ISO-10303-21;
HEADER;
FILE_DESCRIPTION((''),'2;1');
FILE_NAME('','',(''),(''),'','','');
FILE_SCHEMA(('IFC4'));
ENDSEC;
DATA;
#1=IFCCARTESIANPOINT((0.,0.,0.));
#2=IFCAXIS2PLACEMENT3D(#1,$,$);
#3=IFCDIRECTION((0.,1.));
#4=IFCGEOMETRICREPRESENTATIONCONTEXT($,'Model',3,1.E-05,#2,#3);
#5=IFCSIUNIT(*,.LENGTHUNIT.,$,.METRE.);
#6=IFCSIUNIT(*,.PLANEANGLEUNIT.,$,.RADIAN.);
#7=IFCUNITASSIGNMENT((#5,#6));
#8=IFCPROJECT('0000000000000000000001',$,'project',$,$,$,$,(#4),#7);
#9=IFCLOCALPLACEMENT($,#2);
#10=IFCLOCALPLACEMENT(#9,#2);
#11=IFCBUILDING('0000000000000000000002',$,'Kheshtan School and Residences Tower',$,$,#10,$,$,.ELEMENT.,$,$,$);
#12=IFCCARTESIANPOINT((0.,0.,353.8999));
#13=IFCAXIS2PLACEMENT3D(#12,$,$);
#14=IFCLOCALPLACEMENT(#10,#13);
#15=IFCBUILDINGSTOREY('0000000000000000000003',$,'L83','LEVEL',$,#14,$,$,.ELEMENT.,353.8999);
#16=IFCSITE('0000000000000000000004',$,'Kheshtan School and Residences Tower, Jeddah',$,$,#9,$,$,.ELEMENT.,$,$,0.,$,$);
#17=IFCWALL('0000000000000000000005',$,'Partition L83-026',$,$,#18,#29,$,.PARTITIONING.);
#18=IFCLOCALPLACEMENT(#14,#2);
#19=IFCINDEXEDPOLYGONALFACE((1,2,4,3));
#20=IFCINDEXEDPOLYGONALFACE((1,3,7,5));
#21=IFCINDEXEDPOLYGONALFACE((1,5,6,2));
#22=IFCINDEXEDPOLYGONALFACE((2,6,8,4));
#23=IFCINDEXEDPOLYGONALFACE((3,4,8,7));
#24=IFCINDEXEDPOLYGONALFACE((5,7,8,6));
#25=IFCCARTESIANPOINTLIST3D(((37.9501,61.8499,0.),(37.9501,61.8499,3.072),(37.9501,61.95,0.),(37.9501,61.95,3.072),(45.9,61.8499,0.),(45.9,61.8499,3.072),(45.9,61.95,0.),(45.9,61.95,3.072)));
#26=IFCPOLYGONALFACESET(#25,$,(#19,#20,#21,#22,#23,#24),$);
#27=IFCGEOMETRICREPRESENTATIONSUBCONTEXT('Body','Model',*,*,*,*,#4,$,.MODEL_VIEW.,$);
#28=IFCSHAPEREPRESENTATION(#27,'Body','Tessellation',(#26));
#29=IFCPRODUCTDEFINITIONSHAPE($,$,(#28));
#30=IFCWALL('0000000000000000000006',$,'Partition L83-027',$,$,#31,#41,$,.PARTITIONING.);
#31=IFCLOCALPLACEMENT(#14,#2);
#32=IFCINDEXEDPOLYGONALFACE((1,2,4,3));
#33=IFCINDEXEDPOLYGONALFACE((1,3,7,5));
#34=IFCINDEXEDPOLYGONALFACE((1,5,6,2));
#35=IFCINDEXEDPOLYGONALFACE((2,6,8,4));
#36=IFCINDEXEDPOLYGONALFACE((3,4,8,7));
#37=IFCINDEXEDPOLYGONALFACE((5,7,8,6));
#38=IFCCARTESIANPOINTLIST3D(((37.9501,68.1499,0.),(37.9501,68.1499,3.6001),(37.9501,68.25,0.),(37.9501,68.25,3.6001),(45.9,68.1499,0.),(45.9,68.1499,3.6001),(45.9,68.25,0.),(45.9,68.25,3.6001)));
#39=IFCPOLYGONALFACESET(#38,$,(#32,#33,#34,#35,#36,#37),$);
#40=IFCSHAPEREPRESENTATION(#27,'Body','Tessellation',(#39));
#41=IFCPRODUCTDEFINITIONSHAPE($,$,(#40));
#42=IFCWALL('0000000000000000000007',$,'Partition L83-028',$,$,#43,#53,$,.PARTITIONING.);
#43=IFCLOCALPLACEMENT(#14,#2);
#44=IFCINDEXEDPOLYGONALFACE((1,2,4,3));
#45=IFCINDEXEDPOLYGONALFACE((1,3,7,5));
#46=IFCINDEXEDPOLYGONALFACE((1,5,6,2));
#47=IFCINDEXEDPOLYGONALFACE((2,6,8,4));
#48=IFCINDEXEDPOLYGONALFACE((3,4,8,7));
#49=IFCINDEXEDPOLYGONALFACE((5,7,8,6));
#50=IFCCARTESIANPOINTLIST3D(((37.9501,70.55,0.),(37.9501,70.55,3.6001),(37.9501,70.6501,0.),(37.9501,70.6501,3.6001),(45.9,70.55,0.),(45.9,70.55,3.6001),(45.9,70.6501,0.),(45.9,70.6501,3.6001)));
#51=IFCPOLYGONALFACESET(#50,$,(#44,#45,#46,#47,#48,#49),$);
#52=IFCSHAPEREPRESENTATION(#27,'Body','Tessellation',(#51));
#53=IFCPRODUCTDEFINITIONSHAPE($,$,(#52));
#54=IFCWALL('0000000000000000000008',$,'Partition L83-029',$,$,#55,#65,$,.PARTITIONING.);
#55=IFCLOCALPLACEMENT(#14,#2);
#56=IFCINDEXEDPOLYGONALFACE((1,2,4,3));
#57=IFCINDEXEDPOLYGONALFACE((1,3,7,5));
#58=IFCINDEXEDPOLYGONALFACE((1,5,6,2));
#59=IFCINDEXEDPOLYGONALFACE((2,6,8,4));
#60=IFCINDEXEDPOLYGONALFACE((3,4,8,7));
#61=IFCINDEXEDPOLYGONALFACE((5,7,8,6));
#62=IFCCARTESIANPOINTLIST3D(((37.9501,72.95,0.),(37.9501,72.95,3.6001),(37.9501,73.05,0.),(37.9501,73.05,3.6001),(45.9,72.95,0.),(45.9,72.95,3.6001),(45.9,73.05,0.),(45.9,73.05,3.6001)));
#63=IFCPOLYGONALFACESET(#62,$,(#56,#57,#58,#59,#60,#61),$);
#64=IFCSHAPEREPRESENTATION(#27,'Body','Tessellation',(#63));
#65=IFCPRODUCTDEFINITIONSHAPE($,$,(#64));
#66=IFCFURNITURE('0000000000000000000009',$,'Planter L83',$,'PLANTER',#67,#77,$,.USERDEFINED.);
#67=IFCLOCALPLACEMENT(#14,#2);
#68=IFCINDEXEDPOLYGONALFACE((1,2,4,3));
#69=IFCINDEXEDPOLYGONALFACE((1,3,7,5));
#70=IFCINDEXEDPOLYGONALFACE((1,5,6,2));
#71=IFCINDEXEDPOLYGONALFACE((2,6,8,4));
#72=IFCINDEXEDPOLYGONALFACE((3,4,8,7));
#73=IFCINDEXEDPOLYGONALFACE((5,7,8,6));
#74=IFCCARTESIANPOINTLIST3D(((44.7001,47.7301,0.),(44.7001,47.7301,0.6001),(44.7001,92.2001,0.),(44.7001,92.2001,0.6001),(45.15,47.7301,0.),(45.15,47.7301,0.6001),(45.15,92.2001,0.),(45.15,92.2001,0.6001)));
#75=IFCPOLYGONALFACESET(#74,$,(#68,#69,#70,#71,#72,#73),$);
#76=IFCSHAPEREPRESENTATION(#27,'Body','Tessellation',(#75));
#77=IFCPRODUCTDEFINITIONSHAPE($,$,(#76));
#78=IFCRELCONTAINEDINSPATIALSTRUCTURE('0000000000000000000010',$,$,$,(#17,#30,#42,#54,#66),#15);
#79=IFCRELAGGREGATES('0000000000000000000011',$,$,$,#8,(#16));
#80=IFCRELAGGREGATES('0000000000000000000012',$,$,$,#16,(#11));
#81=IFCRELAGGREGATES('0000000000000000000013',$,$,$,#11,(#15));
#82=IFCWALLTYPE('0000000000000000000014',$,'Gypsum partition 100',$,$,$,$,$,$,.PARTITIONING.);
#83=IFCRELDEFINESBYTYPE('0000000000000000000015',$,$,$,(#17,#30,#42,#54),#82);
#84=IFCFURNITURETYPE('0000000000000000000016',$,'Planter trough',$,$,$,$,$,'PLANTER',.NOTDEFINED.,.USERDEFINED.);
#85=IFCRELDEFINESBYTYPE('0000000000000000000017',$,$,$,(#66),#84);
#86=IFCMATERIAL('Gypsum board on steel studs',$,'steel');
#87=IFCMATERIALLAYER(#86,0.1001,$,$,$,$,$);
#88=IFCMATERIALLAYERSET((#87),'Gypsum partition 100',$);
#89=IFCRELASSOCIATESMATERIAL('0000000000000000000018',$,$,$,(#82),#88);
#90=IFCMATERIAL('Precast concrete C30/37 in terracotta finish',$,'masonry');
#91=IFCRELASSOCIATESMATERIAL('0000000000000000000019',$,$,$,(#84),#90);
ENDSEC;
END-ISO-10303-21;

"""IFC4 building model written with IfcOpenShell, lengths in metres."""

from ifc_helpers import new_model, si_unit, direction, frame, frame_2d, origin, origin_2d, place, context, subcontext, project, spatial, rectangle, extrude, material, layer, layer_set, type_object, element, save


model = new_model("IFC4")

# Units and contexts
model_context = context("Model", 3, precision=1e-05, world=origin(), true_north=direction((0.0, 1.0)))
body_context = subcontext(model_context, "Body", "Model", "MODEL_VIEW")
ifc_project = project(units=[si_unit("LENGTHUNIT", "METRE"), si_unit("PLANEANGLEUNIT", "RADIAN")], contexts=[model_context])

# Site, building, storey
site_placement = place(None, origin())
site = spatial("IfcSite", under=ifc_project, at=site_placement, Name="Kheshtan School and Residences Tower, Jeddah", CompositionType="ELEMENT", RefElevation=0.0)
building_placement = place(site_placement, origin())
building = spatial("IfcBuilding", under=site, at=building_placement, Name="Kheshtan School and Residences Tower", CompositionType="ELEMENT")
storey_placement = place(building_placement, frame((0.0, 0.0, 353.8999)))
storey = spatial("IfcBuildingStorey", under=building, at=storey_placement, Name="L83", Description="LEVEL", CompositionType="ELEMENT", Elevation=353.8999)

# Walls
ifc_material_1 = material(Name="Gypsum board on steel studs", Category="steel")
ifc_layer_1 = layer(ifc_material_1, 0.1001)
ifc_layer_set_1 = layer_set([ifc_layer_1], Name="Gypsum partition 100")
wall_type_1 = type_object("IfcWallType", Name="Gypsum partition 100", PredefinedType="PARTITIONING", material=ifc_layer_set_1)
wall_1_placement = place(storey_placement, frame((37.95, 61.8999, 0.0), z_axis=(0.0, 0.0, 1.0), x_axis=(1.0, 0.0, 0.0)))
element("IfcWall", 1, at=wall_1_placement, inside=storey, type_object=wall_type_1, Name="Partition L83-026", PredefinedType="PARTITIONING", context=body_context, shape_type="SweptSolid", body=[
    extrude(rectangle(XDim=7.95, YDim=0.1001, at=frame_2d((3.9751, 0.0))), origin(), (0.0, 0.0, 1.0), 3.072),
])
for number, where, z_axis, x_axis, name in (
    (2, (37.95, 68.2, 0.0), (0.0, 0.0, 1.0), (1.0, 0.0, 0.0), "Partition L83-027"),
    (3, (37.95, 70.6001, 0.0), (0.0, 0.0, 1.0), (1.0, 0.0, 0.0), "Partition L83-028"),
    (4, (37.95, 73.0, 0.0), (0.0, 0.0, 1.0), (1.0, 0.0, 0.0), "Partition L83-029"),
):
    element("IfcWall", number, at=place(storey_placement, frame(where, z_axis=z_axis, x_axis=x_axis)), inside=storey, type_object=wall_type_1, Name=name, PredefinedType="PARTITIONING", context=body_context, shape_type="SweptSolid", body=[
        extrude(rectangle(XDim=7.95, YDim=0.1001, at=frame_2d((3.9751, 0.0))), origin(), (0.0, 0.0, 1.0), 3.6001),
    ])

# Furniture
ifc_material_2 = material(Name="Precast concrete C30/37 in terracotta finish", Category="masonry")
furniture_type = type_object("IfcFurnitureType", Name="Planter trough", ElementType="PLANTER", AssemblyPlace="NOTDEFINED", PredefinedType="USERDEFINED", material=ifc_material_2)
furniture_placement = place(storey_placement, frame((44.925, 69.9651, 0.0), z_axis=(0.0, 0.0, 1.0), x_axis=(0.0, -1.0, 0.0)))
element("IfcFurniture", 5, at=furniture_placement, inside=storey, type_object=furniture_type, Name="Planter L83", ObjectType="PLANTER", PredefinedType="USERDEFINED", context=body_context, shape_type="SweptSolid", body=[
    extrude(rectangle(XDim=44.47, YDim=0.45, at=origin_2d()), origin(), (0.0, 0.0, 1.0), 0.6001),
])

save(model, "model.ifc")
